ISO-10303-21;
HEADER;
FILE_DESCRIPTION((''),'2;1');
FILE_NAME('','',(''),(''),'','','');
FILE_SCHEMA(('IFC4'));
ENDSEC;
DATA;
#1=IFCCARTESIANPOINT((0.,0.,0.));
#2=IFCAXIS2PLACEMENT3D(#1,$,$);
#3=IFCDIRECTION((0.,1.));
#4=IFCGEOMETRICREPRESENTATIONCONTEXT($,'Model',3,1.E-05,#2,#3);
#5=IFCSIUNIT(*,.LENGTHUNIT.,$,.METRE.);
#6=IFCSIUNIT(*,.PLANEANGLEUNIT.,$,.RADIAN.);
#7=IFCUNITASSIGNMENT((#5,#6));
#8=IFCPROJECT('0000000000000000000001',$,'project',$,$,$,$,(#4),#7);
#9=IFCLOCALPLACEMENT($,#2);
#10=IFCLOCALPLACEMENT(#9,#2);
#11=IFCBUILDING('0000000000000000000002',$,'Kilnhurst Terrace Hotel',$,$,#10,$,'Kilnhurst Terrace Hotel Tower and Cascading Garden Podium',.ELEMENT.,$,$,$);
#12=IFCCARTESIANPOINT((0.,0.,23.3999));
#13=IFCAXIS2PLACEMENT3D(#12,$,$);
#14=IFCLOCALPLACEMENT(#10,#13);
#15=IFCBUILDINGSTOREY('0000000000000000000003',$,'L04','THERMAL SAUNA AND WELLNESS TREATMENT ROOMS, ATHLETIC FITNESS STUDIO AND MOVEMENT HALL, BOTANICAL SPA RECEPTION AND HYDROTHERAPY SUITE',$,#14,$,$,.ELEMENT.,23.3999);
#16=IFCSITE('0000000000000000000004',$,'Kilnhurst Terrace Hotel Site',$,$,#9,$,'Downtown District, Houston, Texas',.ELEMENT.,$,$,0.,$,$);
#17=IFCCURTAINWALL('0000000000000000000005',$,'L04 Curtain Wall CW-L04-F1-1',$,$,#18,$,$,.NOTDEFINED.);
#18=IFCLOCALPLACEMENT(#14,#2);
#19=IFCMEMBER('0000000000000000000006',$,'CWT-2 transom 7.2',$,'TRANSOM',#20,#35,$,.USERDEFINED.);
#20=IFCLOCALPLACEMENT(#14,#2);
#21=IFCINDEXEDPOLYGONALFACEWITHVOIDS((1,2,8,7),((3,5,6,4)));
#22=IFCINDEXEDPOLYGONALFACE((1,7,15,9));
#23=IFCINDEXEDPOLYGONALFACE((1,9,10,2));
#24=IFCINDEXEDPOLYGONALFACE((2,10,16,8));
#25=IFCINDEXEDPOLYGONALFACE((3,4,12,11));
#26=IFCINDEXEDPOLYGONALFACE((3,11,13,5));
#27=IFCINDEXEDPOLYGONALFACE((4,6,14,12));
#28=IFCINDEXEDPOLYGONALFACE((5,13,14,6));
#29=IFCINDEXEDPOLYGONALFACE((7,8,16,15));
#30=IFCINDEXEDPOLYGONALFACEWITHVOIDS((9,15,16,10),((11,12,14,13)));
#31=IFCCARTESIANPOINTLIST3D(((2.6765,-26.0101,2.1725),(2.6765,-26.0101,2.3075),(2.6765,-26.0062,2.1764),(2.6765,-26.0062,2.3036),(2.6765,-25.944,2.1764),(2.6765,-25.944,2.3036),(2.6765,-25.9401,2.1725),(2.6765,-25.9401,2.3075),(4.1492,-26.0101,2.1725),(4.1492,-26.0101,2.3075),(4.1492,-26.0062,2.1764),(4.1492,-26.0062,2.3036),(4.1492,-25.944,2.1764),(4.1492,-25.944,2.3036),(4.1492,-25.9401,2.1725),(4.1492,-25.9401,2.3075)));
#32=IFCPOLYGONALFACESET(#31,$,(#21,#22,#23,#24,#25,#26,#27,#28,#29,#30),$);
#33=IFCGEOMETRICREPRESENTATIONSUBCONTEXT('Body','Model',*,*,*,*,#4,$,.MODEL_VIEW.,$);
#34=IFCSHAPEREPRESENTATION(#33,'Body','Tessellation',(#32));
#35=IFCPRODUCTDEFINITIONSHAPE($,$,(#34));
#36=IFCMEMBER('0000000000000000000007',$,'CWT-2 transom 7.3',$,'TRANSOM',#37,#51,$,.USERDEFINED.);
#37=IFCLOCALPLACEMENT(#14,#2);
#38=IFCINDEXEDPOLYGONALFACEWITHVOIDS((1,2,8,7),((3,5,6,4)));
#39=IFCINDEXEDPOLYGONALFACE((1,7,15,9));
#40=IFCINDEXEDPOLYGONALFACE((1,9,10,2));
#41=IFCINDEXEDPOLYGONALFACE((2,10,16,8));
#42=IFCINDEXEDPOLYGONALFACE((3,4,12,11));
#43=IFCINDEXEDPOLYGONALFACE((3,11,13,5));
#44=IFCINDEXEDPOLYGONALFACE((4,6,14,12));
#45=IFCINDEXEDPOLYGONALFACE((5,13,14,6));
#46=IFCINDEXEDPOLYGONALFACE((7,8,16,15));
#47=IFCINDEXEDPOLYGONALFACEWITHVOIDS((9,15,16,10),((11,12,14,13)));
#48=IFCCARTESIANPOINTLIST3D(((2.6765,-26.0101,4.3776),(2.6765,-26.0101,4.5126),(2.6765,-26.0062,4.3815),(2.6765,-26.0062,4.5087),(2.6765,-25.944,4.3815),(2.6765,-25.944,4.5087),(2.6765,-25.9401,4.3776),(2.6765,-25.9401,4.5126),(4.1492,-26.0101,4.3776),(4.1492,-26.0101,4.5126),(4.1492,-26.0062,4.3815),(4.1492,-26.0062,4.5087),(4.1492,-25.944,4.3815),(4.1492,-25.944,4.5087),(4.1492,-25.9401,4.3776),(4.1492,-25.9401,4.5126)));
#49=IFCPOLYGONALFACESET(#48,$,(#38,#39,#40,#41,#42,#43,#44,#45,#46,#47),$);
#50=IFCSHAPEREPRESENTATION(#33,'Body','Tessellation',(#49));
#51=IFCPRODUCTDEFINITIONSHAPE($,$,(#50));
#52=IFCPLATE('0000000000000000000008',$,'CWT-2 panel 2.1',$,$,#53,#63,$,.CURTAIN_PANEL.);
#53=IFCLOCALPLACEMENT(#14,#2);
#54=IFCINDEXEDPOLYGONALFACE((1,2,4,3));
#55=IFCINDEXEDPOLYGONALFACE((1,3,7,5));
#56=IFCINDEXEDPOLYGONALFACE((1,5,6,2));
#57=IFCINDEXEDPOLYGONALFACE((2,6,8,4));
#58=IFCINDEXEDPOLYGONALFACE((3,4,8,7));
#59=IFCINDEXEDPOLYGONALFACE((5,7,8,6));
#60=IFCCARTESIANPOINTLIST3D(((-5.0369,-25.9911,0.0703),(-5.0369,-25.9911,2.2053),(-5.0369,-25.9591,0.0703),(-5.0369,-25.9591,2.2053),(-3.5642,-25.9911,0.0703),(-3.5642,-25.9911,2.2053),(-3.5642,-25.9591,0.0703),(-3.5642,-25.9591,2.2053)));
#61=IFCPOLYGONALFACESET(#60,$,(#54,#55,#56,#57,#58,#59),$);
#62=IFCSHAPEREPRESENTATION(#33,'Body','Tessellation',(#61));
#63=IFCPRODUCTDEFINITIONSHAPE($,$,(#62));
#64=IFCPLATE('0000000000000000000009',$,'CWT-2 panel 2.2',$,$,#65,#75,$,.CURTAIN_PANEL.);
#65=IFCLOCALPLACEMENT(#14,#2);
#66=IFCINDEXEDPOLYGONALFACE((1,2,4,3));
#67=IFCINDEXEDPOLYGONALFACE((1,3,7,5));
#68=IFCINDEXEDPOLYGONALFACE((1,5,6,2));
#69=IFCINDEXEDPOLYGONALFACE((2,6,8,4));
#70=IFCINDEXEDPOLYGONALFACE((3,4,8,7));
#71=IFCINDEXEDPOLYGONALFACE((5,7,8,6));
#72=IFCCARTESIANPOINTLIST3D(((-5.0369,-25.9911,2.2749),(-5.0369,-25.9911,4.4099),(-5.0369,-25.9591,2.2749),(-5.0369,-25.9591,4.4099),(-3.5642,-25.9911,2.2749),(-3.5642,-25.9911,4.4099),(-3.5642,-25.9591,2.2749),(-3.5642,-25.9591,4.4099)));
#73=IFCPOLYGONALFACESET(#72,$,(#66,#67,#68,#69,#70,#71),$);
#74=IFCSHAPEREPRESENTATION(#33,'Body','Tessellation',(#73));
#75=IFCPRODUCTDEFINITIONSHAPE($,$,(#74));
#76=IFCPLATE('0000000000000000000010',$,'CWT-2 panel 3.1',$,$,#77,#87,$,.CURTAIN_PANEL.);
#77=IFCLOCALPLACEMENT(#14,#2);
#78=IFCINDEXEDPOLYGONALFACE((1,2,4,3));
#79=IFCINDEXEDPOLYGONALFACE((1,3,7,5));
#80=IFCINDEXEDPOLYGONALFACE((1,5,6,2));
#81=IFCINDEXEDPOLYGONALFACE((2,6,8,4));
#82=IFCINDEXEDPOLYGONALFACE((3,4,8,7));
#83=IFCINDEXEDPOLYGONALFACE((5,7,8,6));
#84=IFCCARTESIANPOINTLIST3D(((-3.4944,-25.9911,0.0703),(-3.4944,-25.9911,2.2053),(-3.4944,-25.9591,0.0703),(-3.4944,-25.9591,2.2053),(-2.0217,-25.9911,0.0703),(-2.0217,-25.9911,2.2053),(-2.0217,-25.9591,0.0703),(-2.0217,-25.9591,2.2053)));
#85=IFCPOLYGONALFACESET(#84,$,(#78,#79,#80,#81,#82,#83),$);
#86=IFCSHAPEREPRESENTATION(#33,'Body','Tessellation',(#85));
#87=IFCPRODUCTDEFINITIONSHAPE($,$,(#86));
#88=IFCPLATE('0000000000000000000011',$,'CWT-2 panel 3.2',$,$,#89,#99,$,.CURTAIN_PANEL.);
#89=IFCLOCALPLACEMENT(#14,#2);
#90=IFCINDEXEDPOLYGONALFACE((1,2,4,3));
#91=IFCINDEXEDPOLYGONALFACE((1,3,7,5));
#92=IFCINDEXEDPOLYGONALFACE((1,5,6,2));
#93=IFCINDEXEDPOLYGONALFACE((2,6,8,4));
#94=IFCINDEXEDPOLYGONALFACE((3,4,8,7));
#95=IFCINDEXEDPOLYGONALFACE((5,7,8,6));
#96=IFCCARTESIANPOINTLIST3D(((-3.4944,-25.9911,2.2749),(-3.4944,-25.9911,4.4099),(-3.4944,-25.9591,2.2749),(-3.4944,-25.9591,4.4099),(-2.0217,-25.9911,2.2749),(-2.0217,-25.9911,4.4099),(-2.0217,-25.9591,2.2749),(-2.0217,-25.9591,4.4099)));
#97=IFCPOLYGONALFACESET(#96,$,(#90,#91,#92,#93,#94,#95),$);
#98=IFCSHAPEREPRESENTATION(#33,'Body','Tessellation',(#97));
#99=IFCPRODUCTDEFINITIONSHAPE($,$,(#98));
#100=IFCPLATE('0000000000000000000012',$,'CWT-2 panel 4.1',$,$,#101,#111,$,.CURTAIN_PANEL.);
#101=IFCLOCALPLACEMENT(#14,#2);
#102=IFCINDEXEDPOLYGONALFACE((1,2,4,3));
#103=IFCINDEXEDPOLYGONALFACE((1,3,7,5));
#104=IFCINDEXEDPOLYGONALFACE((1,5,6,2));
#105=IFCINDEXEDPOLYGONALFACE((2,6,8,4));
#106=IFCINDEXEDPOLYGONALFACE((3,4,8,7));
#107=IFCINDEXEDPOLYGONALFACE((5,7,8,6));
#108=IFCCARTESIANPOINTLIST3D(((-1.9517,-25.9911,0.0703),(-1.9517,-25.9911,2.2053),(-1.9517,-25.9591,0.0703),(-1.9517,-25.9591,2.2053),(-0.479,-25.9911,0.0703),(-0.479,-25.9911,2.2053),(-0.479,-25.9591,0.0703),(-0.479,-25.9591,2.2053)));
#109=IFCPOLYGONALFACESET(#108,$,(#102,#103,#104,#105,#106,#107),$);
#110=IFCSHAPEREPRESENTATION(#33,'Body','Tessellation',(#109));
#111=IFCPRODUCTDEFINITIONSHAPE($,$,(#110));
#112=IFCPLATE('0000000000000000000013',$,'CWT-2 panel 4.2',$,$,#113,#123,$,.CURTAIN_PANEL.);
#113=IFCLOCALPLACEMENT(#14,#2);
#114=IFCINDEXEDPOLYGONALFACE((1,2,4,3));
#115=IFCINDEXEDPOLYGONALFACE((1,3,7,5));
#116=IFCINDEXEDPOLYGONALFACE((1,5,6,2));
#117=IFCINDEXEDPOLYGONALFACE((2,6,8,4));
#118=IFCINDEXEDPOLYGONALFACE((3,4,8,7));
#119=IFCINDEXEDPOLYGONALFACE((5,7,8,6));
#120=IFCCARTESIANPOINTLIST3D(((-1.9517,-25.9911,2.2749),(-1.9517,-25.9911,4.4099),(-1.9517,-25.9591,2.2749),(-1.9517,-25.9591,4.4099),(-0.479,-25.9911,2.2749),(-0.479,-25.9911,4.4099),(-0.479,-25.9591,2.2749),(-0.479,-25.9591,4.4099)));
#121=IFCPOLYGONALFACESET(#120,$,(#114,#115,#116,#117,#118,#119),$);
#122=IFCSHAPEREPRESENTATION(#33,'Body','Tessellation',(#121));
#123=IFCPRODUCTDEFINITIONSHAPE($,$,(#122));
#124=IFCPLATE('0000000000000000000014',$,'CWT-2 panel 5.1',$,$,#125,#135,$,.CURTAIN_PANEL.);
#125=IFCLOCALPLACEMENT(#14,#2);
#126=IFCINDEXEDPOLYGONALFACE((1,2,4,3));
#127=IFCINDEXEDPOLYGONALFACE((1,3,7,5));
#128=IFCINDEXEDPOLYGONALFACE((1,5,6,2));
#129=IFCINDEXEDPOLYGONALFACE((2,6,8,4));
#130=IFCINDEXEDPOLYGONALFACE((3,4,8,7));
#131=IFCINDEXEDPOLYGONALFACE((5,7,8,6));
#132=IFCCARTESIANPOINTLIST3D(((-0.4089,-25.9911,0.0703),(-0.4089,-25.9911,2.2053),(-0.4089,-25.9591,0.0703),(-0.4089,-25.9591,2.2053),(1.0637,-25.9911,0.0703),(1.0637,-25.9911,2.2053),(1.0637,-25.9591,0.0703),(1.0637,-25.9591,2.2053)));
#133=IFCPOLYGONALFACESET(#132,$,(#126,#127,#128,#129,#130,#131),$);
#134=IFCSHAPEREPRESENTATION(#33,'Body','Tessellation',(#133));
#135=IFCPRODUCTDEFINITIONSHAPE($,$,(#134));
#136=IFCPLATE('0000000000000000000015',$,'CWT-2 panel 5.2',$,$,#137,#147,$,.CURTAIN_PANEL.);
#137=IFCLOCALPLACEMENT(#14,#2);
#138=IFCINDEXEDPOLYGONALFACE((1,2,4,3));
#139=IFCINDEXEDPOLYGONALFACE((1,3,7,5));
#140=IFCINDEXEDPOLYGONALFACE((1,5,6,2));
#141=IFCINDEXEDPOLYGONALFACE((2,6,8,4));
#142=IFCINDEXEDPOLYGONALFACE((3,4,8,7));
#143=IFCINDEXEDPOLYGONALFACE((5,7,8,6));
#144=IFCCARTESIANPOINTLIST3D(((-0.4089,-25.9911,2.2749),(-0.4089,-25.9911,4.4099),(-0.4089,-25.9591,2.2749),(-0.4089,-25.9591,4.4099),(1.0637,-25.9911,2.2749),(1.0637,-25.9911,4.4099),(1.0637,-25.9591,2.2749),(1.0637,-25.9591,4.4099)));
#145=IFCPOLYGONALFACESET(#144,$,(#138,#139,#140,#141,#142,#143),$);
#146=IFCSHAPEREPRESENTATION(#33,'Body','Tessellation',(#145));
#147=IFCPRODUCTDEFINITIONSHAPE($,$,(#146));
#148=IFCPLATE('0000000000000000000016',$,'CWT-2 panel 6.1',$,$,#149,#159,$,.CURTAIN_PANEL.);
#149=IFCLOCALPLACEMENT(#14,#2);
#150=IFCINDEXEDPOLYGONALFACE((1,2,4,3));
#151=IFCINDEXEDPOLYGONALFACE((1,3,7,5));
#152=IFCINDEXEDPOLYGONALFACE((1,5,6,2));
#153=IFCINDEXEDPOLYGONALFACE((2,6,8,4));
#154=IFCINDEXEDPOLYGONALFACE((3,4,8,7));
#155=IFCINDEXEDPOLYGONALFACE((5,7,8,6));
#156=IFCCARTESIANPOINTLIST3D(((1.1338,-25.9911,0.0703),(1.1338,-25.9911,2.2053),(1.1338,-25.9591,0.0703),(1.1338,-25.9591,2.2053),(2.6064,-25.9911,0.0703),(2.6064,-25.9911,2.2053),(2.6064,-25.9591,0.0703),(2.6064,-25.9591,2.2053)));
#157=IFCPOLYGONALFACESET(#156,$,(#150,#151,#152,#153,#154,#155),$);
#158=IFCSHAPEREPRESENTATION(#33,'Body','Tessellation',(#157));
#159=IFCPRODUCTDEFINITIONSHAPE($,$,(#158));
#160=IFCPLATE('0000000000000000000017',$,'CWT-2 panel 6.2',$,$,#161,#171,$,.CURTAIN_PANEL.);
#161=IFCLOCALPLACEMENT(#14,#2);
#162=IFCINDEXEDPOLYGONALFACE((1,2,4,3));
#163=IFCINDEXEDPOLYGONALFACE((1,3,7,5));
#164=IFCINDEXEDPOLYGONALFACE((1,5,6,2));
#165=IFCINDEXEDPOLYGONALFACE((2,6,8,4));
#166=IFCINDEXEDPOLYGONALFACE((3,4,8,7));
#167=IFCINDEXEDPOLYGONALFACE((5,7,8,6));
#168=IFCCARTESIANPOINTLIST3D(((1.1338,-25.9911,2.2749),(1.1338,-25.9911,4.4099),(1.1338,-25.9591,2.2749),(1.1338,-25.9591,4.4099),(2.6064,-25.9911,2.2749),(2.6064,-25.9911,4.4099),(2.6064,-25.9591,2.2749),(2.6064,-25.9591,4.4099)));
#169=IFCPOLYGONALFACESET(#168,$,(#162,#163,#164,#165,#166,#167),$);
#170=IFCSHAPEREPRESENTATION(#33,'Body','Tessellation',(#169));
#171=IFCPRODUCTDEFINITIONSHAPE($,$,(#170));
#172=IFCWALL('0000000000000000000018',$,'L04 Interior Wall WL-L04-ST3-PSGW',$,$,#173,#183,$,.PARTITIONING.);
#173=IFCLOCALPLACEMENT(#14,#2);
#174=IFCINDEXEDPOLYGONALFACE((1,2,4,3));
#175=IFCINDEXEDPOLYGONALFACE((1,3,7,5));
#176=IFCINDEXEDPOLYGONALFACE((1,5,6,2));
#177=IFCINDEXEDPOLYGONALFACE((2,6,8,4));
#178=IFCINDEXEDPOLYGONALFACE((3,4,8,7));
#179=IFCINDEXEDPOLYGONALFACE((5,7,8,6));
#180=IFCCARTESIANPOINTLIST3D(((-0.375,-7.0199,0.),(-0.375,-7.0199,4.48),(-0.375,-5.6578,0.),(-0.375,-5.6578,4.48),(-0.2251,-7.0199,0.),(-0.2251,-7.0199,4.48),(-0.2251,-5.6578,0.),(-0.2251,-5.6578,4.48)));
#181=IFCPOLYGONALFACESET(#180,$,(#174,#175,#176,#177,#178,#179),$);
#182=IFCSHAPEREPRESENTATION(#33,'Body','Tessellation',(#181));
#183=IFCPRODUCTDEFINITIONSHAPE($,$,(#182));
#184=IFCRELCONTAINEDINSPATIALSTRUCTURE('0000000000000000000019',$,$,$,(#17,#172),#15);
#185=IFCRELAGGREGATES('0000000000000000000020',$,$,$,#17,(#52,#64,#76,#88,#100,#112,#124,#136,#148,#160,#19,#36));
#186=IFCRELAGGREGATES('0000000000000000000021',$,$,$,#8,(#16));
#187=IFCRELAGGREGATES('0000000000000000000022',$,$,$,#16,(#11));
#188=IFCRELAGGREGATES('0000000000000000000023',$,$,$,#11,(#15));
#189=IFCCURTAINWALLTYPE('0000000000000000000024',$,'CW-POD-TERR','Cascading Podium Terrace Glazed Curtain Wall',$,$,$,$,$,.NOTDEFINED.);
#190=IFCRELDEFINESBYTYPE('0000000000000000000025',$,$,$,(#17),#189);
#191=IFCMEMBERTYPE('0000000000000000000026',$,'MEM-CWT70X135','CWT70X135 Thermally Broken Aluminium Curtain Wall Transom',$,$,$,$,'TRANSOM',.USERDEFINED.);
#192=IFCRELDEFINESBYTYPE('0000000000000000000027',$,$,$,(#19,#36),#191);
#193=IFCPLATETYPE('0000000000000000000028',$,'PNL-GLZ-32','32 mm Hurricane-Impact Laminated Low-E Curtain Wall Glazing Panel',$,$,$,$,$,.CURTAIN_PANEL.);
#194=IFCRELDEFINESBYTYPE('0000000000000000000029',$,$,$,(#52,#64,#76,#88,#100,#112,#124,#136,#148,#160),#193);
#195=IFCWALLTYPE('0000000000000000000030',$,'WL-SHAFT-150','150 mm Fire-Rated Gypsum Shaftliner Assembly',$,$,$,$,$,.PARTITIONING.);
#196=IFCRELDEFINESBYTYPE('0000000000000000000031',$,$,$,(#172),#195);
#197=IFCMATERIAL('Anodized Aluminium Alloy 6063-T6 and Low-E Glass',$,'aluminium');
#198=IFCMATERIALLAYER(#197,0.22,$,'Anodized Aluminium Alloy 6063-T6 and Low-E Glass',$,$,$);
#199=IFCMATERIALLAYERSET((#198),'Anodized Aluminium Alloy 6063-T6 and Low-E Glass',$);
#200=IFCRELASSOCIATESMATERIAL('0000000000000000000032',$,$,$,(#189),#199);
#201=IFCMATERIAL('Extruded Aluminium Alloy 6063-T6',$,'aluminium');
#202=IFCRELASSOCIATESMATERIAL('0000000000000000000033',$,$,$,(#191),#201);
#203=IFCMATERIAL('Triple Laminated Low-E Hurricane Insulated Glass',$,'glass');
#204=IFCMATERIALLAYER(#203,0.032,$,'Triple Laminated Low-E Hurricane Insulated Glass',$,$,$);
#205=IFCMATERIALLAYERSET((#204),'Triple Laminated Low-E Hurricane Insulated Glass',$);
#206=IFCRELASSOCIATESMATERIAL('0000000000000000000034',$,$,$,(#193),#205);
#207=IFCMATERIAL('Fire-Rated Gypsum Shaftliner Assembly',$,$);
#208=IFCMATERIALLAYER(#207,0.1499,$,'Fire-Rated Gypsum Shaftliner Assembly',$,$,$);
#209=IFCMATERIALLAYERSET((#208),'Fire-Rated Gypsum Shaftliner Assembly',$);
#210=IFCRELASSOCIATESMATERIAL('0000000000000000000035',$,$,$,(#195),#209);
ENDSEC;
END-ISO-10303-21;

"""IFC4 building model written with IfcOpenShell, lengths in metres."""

from ifc_helpers import new_model, si_unit, direction, frame, frame_2d, origin, origin_2d, place, context, subcontext, project, spatial, rectangle, hollow_rectangle, extrude, material, layer, layer_set, material_profile, profile_set, type_object, element, aggregate, save


model = new_model("IFC4")

# Units and contexts
model_context = context("Model", 3, precision=1e-05, world=origin(), true_north=direction((0.0, 1.0)))
body_context = subcontext(model_context, "Body", "Model", "MODEL_VIEW")
ifc_project = project(units=[si_unit("LENGTHUNIT", "METRE"), si_unit("PLANEANGLEUNIT", "RADIAN")], contexts=[model_context])

# Site, building, storey
site_placement = place(None, origin())
site = spatial("IfcSite", under=ifc_project, at=site_placement, Name="Kilnhurst Terrace Hotel Site", LongName="Downtown District, Houston, Texas", CompositionType="ELEMENT", RefElevation=0.0)
building_placement = place(site_placement, origin())
building = spatial("IfcBuilding", under=site, at=building_placement, Name="Kilnhurst Terrace Hotel", LongName="Kilnhurst Terrace Hotel Tower and Cascading Garden Podium", CompositionType="ELEMENT")
storey_placement = place(building_placement, frame((0.0, 0.0, 23.3999)))
storey = spatial("IfcBuildingStorey", under=building, at=storey_placement, Name="L04", Description="THERMAL SAUNA AND WELLNESS TREATMENT ROOMS, ATHLETIC FITNESS STUDIO AND MOVEMENT HALL, BOTANICAL SPA RECEPTION AND HYDROTHERAPY SUITE", CompositionType="ELEMENT", Elevation=23.3999)

# Curtain wall, members, plates
ifc_material_1 = material(Name="Anodized Aluminium Alloy 6063-T6 and Low-E Glass", Category="aluminium")
ifc_layer_1 = layer(ifc_material_1, 0.22, Name="Anodized Aluminium Alloy 6063-T6 and Low-E Glass")
ifc_layer_set_1 = layer_set([ifc_layer_1], Name="Anodized Aluminium Alloy 6063-T6 and Low-E Glass")
curtain_wall_type = type_object("IfcCurtainWallType", Name="CW-POD-TERR", Description="Cascading Podium Terrace Glazed Curtain Wall", PredefinedType="NOTDEFINED", material=ifc_layer_set_1)
curtain_wall_placement = place(storey_placement, origin())
curtain_wall = element("IfcCurtainWall", 1, at=curtain_wall_placement, inside=storey, type_object=curtain_wall_type, Name="L04 Curtain Wall CW-L04-F1-1", PredefinedType="NOTDEFINED")
ifc_material_2 = material(Name="Extruded Aluminium Alloy 6063-T6", Category="aluminium")
ifc_material_profile_1 = material_profile(ifc_material_2, hollow_rectangle(XDim=0.0701, YDim=0.135, WallThickness=0.0039, at=origin_2d()), Name="CWT70X135")
ifc_profile_set_1 = profile_set([ifc_material_profile_1], Name="Extruded Aluminium Alloy 6063-T6")
member_type_1 = type_object("IfcMemberType", Name="MEM-CWT70X135", Description="CWT70X135 Thermally Broken Aluminium Curtain Wall Transom", ElementType="TRANSOM", PredefinedType="USERDEFINED", material=ifc_profile_set_1)
member_1_placement = place(storey_placement, frame((2.6765, -25.9751, 2.24), z_axis=(1.0, 0.0, 0.0), x_axis=(0.0, 1.0, 0.0)))
member_1 = element("IfcMember", 2, at=member_1_placement, type_object=member_type_1, Name="CWT-2 transom 7.2", ObjectType="TRANSOM", PredefinedType="USERDEFINED", context=body_context, shape_type="SweptSolid", body=[
    extrude(hollow_rectangle(XDim=0.0701, YDim=0.135, WallThickness=0.0039, at=origin_2d()), origin(), (0.0, 0.0, 1.0), 1.4727),
])
member_2_placement = place(storey_placement, frame((2.6765, -25.9751, 4.4451), z_axis=(1.0, 0.0, 0.0), x_axis=(0.0, 1.0, 0.0)))
member_2 = element("IfcMember", 3, at=member_2_placement, type_object=member_type_1, Name="CWT-2 transom 7.3", ObjectType="TRANSOM", PredefinedType="USERDEFINED", context=body_context, shape_type="SweptSolid", body=[
    extrude(hollow_rectangle(XDim=0.0701, YDim=0.135, WallThickness=0.0039, at=origin_2d()), origin(), (0.0, 0.0, 1.0), 1.4727),
])
ifc_material_3 = material(Name="Triple Laminated Low-E Hurricane Insulated Glass", Category="glass")
ifc_layer_2 = layer(ifc_material_3, 0.032, Name="Triple Laminated Low-E Hurricane Insulated Glass")
ifc_layer_set_2 = layer_set([ifc_layer_2], Name="Triple Laminated Low-E Hurricane Insulated Glass")
plate_type = type_object("IfcPlateType", Name="PNL-GLZ-32", Description="32 mm Hurricane-Impact Laminated Low-E Curtain Wall Glazing Panel", PredefinedType="CURTAIN_PANEL", material=ifc_layer_set_2)
plate_1_placement = place(storey_placement, frame((-4.3005, -25.9751, 0.0703), z_axis=(0.0, 0.0, 1.0), x_axis=(1.0, 0.0, 0.0)))
plate_1 = element("IfcPlate", 4, at=plate_1_placement, type_object=plate_type, Name="CWT-2 panel 2.1", PredefinedType="CURTAIN_PANEL", context=body_context, shape_type="SweptSolid", body=[
    extrude(rectangle(XDim=1.4727, YDim=0.032, at=origin_2d()), origin(), (0.0, 0.0, 1.0), 2.135),
])
plate_2_placement = place(storey_placement, frame((-4.3005, -25.9751, 2.2749), z_axis=(0.0, 0.0, 1.0), x_axis=(1.0, 0.0, 0.0)))
plate_2 = element("IfcPlate", 5, at=plate_2_placement, type_object=plate_type, Name="CWT-2 panel 2.2", PredefinedType="CURTAIN_PANEL", context=body_context, shape_type="SweptSolid", body=[
    extrude(rectangle(XDim=1.4727, YDim=0.032, at=origin_2d()), origin(), (0.0, 0.0, 1.0), 2.135),
])
plate_3_placement = place(storey_placement, frame((-2.7581, -25.9751, 0.0703), z_axis=(0.0, 0.0, 1.0), x_axis=(1.0, 0.0, 0.0)))
plate_3 = element("IfcPlate", 6, at=plate_3_placement, type_object=plate_type, Name="CWT-2 panel 3.1", PredefinedType="CURTAIN_PANEL", context=body_context, shape_type="SweptSolid", body=[
    extrude(rectangle(XDim=1.4727, YDim=0.032, at=origin_2d()), origin(), (0.0, 0.0, 1.0), 2.135),
])
plate_4_placement = place(storey_placement, frame((-2.7581, -25.9751, 2.2749), z_axis=(0.0, 0.0, 1.0), x_axis=(1.0, 0.0, 0.0)))
plate_4 = element("IfcPlate", 7, at=plate_4_placement, type_object=plate_type, Name="CWT-2 panel 3.2", PredefinedType="CURTAIN_PANEL", context=body_context, shape_type="SweptSolid", body=[
    extrude(rectangle(XDim=1.4727, YDim=0.032, at=origin_2d()), origin(), (0.0, 0.0, 1.0), 2.135),
])
plate_5_placement = place(storey_placement, frame((-1.2153, -25.9751, 0.0703), z_axis=(0.0, 0.0, 1.0), x_axis=(1.0, 0.0, 0.0)))
plate_5 = element("IfcPlate", 8, at=plate_5_placement, type_object=plate_type, Name="CWT-2 panel 4.1", PredefinedType="CURTAIN_PANEL", context=body_context, shape_type="SweptSolid", body=[
    extrude(rectangle(XDim=1.4727, YDim=0.032, at=origin_2d()), origin(), (0.0, 0.0, 1.0), 2.135),
])
plate_6_placement = place(storey_placement, frame((-1.2153, -25.9751, 2.2749), z_axis=(0.0, 0.0, 1.0), x_axis=(1.0, 0.0, 0.0)))
plate_6 = element("IfcPlate", 9, at=plate_6_placement, type_object=plate_type, Name="CWT-2 panel 4.2", PredefinedType="CURTAIN_PANEL", context=body_context, shape_type="SweptSolid", body=[
    extrude(rectangle(XDim=1.4727, YDim=0.032, at=origin_2d()), origin(), (0.0, 0.0, 1.0), 2.135),
])
plate_7_placement = place(storey_placement, frame((0.3274, -25.9751, 0.0703), z_axis=(0.0, 0.0, 1.0), x_axis=(1.0, 0.0, 0.0)))
plate_7 = element("IfcPlate", 10, at=plate_7_placement, type_object=plate_type, Name="CWT-2 panel 5.1", PredefinedType="CURTAIN_PANEL", context=body_context, shape_type="SweptSolid", body=[
    extrude(rectangle(XDim=1.4727, YDim=0.032, at=origin_2d()), origin(), (0.0, 0.0, 1.0), 2.135),
])
plate_8_placement = place(storey_placement, frame((0.3274, -25.9751, 2.2749), z_axis=(0.0, 0.0, 1.0), x_axis=(1.0, 0.0, 0.0)))
plate_8 = element("IfcPlate", 11, at=plate_8_placement, type_object=plate_type, Name="CWT-2 panel 5.2", PredefinedType="CURTAIN_PANEL", context=body_context, shape_type="SweptSolid", body=[
    extrude(rectangle(XDim=1.4727, YDim=0.032, at=origin_2d()), origin(), (0.0, 0.0, 1.0), 2.135),
])
plate_9_placement = place(storey_placement, frame((1.8701, -25.9751, 0.0703), z_axis=(0.0, 0.0, 1.0), x_axis=(1.0, 0.0, 0.0)))
plate_9 = element("IfcPlate", 12, at=plate_9_placement, type_object=plate_type, Name="CWT-2 panel 6.1", PredefinedType="CURTAIN_PANEL", context=body_context, shape_type="SweptSolid", body=[
    extrude(rectangle(XDim=1.4727, YDim=0.032, at=origin_2d()), origin(), (0.0, 0.0, 1.0), 2.135),
])
plate_10_placement = place(storey_placement, frame((1.8701, -25.9751, 2.2749), z_axis=(0.0, 0.0, 1.0), x_axis=(1.0, 0.0, 0.0)))
plate_10 = element("IfcPlate", 13, at=plate_10_placement, type_object=plate_type, Name="CWT-2 panel 6.2", PredefinedType="CURTAIN_PANEL", context=body_context, shape_type="SweptSolid", body=[
    extrude(rectangle(XDim=1.4727, YDim=0.032, at=origin_2d()), origin(), (0.0, 0.0, 1.0), 2.135),
])
aggregate(curtain_wall, [plate_1, plate_2, plate_3, plate_4, plate_5, plate_6, plate_7, plate_8, plate_9, plate_10, member_1, member_2])

# Wall
ifc_material_4 = material(Name="Fire-Rated Gypsum Shaftliner Assembly")
ifc_layer_3 = layer(ifc_material_4, 0.1499, Name="Fire-Rated Gypsum Shaftliner Assembly")
ifc_layer_set_3 = layer_set([ifc_layer_3], Name="Fire-Rated Gypsum Shaftliner Assembly")
wall_type = type_object("IfcWallType", Name="WL-SHAFT-150", Description="150 mm Fire-Rated Gypsum Shaftliner Assembly", PredefinedType="PARTITIONING", material=ifc_layer_set_3)
wall_placement = place(storey_placement, frame((-0.3, -7.02, 0.0), z_axis=(0.0, 0.0, 1.0), x_axis=(0.0, 1.0, 0.0)))
element("IfcWall", 14, at=wall_placement, inside=storey, type_object=wall_type, Name="L04 Interior Wall WL-L04-ST3-PSGW", PredefinedType="PARTITIONING", context=body_context, shape_type="SweptSolid", body=[
    extrude(rectangle(XDim=1.3621, YDim=0.1499, at=frame_2d((0.6812, 0.0))), origin(), (0.0, 0.0, 1.0), 4.48),
])

save(model, "model.ifc")
